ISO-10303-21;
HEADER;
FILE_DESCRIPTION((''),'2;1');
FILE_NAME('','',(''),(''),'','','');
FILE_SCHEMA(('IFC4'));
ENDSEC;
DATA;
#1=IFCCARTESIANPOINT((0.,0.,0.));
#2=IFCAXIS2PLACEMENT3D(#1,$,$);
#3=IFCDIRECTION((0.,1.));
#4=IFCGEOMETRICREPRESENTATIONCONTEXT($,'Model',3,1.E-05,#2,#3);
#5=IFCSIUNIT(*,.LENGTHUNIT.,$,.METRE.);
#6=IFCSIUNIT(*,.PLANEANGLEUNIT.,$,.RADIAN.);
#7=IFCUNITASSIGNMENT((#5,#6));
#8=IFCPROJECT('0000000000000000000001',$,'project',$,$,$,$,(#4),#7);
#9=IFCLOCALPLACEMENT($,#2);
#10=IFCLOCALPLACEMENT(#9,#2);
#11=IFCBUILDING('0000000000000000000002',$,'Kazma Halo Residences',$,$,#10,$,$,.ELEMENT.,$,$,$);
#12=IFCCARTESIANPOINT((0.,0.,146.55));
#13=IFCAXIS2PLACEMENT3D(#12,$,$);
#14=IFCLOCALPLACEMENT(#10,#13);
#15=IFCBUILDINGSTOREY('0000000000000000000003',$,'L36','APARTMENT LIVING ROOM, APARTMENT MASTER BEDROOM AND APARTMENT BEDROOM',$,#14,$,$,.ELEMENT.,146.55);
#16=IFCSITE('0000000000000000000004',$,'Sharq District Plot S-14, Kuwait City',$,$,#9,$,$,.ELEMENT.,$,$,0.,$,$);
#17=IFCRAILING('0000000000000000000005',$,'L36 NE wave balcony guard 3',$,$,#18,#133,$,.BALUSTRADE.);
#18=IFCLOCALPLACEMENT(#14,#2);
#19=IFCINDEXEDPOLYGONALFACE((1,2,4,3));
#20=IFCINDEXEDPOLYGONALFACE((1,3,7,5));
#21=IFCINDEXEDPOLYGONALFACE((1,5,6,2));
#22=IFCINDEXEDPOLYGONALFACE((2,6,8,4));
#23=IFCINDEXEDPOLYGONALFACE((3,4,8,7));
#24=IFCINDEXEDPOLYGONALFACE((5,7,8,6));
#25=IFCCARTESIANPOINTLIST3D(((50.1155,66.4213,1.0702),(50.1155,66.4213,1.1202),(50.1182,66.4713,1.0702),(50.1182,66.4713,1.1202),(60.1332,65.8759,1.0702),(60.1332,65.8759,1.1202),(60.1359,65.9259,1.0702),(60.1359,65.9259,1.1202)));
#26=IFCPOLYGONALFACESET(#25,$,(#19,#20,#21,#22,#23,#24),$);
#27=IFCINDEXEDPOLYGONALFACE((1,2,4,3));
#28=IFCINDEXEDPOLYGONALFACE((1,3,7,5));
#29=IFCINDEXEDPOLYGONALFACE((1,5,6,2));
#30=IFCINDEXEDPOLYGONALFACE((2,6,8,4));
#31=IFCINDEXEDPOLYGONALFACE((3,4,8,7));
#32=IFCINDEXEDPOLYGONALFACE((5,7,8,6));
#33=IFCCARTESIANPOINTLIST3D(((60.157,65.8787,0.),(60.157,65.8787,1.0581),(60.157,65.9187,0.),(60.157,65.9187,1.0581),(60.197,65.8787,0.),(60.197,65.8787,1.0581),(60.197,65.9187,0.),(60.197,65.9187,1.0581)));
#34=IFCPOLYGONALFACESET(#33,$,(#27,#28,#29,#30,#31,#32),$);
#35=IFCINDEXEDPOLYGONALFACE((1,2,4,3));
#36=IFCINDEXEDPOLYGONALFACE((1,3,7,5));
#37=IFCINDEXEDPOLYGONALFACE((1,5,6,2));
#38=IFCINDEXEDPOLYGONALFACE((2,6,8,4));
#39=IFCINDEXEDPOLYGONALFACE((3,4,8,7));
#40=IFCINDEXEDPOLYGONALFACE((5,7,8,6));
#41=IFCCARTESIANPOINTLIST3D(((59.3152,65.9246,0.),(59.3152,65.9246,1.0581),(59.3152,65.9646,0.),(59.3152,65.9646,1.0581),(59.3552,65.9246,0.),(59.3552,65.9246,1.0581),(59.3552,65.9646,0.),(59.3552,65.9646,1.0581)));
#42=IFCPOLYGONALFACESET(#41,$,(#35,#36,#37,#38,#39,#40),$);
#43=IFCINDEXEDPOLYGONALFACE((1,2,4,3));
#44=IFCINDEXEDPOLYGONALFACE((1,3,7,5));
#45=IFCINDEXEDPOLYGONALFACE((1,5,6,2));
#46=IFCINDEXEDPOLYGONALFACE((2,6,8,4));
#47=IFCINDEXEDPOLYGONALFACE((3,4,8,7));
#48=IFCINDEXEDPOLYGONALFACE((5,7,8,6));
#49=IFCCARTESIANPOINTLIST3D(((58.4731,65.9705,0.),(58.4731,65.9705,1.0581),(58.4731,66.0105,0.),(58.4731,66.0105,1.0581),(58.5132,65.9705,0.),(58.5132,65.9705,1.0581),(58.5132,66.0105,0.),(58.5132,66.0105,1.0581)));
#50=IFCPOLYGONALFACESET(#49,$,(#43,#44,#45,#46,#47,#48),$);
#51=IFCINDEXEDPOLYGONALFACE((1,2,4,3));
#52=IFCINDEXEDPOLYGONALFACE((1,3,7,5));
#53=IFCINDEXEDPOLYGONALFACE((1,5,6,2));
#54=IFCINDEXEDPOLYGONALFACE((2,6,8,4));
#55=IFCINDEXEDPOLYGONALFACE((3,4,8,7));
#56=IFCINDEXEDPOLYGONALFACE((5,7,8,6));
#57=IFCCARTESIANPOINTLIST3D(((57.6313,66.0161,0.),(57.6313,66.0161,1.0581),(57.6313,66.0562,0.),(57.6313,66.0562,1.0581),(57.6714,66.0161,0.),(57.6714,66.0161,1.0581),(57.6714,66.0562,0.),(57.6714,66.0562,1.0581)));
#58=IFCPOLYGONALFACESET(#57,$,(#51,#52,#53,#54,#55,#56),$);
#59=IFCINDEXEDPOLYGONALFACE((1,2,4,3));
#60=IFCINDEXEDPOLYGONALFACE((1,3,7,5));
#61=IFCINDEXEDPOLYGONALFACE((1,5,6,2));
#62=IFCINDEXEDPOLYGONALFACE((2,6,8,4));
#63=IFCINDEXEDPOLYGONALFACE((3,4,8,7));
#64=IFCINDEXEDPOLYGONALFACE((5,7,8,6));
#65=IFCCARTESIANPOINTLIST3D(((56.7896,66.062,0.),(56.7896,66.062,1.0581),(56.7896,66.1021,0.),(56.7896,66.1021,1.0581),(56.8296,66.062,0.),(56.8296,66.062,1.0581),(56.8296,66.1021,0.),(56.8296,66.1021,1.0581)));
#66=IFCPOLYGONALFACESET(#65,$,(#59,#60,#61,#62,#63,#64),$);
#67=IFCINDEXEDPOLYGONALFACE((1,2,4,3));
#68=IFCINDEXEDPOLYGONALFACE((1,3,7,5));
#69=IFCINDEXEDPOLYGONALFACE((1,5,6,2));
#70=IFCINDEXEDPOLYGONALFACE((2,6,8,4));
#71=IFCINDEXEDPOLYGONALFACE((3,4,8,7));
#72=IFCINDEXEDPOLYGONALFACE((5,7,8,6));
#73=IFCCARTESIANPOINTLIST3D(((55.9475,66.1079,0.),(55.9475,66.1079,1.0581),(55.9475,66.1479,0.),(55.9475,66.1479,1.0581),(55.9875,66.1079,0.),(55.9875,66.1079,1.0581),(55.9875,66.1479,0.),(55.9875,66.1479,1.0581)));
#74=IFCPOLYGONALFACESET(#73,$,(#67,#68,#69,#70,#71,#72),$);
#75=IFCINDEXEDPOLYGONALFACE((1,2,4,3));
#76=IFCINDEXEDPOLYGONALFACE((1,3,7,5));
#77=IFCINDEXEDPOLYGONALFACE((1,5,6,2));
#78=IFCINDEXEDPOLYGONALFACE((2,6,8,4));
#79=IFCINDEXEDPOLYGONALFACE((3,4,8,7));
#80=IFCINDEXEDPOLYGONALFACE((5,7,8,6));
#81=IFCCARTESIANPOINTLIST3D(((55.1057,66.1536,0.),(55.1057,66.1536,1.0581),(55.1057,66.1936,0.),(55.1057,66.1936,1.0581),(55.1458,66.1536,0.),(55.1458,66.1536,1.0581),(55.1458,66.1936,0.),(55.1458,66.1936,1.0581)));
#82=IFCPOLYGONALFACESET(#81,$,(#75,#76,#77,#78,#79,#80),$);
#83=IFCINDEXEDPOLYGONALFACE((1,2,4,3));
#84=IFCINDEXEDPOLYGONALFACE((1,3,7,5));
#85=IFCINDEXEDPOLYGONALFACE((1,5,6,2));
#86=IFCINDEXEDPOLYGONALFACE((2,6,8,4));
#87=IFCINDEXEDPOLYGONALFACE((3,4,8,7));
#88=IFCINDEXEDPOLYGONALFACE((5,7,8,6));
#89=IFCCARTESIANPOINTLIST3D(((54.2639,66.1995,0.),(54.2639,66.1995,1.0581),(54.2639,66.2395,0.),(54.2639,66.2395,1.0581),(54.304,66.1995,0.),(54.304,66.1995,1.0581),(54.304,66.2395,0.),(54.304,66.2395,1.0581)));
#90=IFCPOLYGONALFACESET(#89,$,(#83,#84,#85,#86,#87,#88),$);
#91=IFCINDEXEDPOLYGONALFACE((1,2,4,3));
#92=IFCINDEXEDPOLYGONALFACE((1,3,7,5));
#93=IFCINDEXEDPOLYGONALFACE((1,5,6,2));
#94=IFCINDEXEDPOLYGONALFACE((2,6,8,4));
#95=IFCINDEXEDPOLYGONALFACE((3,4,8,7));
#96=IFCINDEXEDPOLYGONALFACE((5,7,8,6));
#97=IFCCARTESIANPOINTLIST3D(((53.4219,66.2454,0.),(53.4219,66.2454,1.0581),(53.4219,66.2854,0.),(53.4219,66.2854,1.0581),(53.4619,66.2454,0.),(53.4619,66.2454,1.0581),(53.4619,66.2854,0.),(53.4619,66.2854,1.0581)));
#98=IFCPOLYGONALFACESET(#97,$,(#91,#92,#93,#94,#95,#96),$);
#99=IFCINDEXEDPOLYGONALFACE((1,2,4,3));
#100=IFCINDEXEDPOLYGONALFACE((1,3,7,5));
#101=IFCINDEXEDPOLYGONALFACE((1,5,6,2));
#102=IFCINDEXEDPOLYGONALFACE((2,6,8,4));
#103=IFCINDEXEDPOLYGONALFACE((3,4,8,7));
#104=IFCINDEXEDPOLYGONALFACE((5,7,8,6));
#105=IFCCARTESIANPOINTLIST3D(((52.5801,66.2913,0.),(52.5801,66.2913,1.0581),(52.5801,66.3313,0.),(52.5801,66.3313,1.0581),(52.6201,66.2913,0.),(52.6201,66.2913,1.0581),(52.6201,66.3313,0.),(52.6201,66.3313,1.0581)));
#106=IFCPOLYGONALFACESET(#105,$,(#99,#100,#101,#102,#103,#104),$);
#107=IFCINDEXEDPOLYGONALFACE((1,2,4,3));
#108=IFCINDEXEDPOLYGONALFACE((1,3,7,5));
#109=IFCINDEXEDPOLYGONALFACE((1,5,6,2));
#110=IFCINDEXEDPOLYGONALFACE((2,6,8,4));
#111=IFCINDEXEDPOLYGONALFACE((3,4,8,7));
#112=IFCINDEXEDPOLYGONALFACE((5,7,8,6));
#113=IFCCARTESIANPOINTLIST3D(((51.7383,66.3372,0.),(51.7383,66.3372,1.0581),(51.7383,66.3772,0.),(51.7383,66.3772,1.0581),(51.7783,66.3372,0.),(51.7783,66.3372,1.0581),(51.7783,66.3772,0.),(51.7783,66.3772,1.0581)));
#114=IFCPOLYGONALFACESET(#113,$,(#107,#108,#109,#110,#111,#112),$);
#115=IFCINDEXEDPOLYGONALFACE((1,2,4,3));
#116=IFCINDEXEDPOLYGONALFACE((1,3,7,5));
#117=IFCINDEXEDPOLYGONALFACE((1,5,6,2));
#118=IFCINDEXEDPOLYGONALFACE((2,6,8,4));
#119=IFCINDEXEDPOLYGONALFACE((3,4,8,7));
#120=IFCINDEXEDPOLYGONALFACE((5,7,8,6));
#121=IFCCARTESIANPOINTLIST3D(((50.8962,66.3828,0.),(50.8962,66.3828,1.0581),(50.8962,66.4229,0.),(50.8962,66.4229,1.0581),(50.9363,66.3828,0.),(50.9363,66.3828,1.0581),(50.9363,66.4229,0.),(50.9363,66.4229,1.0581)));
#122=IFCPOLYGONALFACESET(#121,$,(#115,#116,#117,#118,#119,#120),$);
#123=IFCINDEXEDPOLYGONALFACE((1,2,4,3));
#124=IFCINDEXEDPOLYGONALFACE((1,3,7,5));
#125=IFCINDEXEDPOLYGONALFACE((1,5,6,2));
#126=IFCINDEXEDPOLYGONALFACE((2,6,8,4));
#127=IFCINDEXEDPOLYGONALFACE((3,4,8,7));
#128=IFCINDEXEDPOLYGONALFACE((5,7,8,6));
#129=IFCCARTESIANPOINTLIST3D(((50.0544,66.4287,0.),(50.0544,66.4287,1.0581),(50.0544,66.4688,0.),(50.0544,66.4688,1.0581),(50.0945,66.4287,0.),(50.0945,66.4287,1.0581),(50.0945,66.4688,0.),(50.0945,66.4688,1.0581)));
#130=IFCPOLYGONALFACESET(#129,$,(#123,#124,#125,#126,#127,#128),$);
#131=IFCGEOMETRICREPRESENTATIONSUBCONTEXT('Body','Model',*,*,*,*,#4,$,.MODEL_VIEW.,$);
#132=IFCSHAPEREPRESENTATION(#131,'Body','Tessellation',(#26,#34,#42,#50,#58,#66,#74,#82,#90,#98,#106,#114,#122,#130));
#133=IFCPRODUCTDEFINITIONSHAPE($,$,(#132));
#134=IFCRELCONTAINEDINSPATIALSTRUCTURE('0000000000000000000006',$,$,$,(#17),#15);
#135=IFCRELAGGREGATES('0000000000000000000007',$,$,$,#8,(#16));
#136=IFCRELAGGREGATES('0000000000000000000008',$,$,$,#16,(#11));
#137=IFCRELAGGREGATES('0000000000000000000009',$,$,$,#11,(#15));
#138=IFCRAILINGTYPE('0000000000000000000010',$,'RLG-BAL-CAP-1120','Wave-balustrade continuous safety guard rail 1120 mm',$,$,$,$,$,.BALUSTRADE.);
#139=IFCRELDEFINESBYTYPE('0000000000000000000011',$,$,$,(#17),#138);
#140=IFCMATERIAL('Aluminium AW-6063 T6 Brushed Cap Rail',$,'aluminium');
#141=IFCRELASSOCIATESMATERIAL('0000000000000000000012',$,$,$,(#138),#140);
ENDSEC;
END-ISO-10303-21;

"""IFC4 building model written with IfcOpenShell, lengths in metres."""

from ifc_helpers import new_model, si_unit, direction, frame, origin, origin_2d, place, context, subcontext, project, spatial, rectangle, extrude, material, type_object, element, save


model = new_model("IFC4")

# Units and contexts
model_context = context("Model", 3, precision=1e-05, world=origin(), true_north=direction((0.0, 1.0)))
body_context = subcontext(model_context, "Body", "Model", "MODEL_VIEW")
ifc_project = project(units=[si_unit("LENGTHUNIT", "METRE"), si_unit("PLANEANGLEUNIT", "RADIAN")], contexts=[model_context])

# Site, building, storey
site_placement = place(None, origin())
site = spatial("IfcSite", under=ifc_project, at=site_placement, Name="Sharq District Plot S-14, Kuwait City", CompositionType="ELEMENT", RefElevation=0.0)
building_placement = place(site_placement, origin())
building = spatial("IfcBuilding", under=site, at=building_placement, Name="Kazma Halo Residences", CompositionType="ELEMENT")
storey_placement = place(building_placement, frame((0.0, 0.0, 146.55)))
storey = spatial("IfcBuildingStorey", under=building, at=storey_placement, Name="L36", Description="APARTMENT LIVING ROOM, APARTMENT MASTER BEDROOM AND APARTMENT BEDROOM", CompositionType="ELEMENT", Elevation=146.55)

# Railing
ifc_material_1 = material(Name="Aluminium AW-6063 T6 Brushed Cap Rail", Category="aluminium")
railing_type = type_object("IfcRailingType", Name="RLG-BAL-CAP-1120", Description="Wave-balustrade continuous safety guard rail 1120 mm", PredefinedType="BALUSTRADE", material=ifc_material_1)
railing_1_placement = place(storey_placement, frame((60.177, 65.8987, 0.0)))
element("IfcRailing", 1, at=railing_1_placement, inside=storey, type_object=railing_type, Name="L36 NE wave balcony guard 3", PredefinedType="BALUSTRADE", context=body_context, shape_type="SweptSolid", body=[
    extrude(rectangle(XDim=0.05, YDim=0.05, at=origin_2d()), frame((-0.0425, 0.0022, 1.0952), z_axis=(-0.998521, 0.054366, 0.0), x_axis=(-0.054366, -0.998521, 0.0)), (0.0, 0.0, 1.0), 10.0325),
    extrude(rectangle(XDim=0.04, YDim=0.04, at=origin_2d()), origin(), (0.0, 0.0, 1.0), 1.0581),
    extrude(rectangle(XDim=0.04, YDim=0.04, at=origin_2d()), frame((-0.8418, 0.0459, 0.0)), (0.0, 0.0, 1.0), 1.0581),
    extrude(rectangle(XDim=0.04, YDim=0.04, at=origin_2d()), frame((-1.6838, 0.0918, 0.0)), (0.0, 0.0, 1.0), 1.0581),
    extrude(rectangle(XDim=0.04, YDim=0.04, at=origin_2d()), frame((-2.5256, 0.1375, 0.0)), (0.0, 0.0, 1.0), 1.0581),
    extrude(rectangle(XDim=0.04, YDim=0.04, at=origin_2d()), frame((-3.3674, 0.1833, 0.0)), (0.0, 0.0, 1.0), 1.0581),
    extrude(rectangle(XDim=0.04, YDim=0.04, at=origin_2d()), frame((-4.2095, 0.2292, 0.0)), (0.0, 0.0, 1.0), 1.0581),
    extrude(rectangle(XDim=0.04, YDim=0.04, at=origin_2d()), frame((-5.0513, 0.2749, 0.0)), (0.0, 0.0, 1.0), 1.0581),
    extrude(rectangle(XDim=0.04, YDim=0.04, at=origin_2d()), frame((-5.8931, 0.3208, 0.0)), (0.0, 0.0, 1.0), 1.0581),
    extrude(rectangle(XDim=0.04, YDim=0.04, at=origin_2d()), frame((-6.7351, 0.3667, 0.0)), (0.0, 0.0, 1.0), 1.0581),
    extrude(rectangle(XDim=0.04, YDim=0.04, at=origin_2d()), frame((-7.5769, 0.4126, 0.0)), (0.0, 0.0, 1.0), 1.0581),
    extrude(rectangle(XDim=0.04, YDim=0.04, at=origin_2d()), frame((-8.4187, 0.4585, 0.0)), (0.0, 0.0, 1.0), 1.0581),
    extrude(rectangle(XDim=0.04, YDim=0.04, at=origin_2d()), frame((-9.2607, 0.5042, 0.0)), (0.0, 0.0, 1.0), 1.0581),
    extrude(rectangle(XDim=0.04, YDim=0.04, at=origin_2d()), frame((-10.1025, 0.55, 0.0)), (0.0, 0.0, 1.0), 1.0581),
])

save(model, "model.ifc")
